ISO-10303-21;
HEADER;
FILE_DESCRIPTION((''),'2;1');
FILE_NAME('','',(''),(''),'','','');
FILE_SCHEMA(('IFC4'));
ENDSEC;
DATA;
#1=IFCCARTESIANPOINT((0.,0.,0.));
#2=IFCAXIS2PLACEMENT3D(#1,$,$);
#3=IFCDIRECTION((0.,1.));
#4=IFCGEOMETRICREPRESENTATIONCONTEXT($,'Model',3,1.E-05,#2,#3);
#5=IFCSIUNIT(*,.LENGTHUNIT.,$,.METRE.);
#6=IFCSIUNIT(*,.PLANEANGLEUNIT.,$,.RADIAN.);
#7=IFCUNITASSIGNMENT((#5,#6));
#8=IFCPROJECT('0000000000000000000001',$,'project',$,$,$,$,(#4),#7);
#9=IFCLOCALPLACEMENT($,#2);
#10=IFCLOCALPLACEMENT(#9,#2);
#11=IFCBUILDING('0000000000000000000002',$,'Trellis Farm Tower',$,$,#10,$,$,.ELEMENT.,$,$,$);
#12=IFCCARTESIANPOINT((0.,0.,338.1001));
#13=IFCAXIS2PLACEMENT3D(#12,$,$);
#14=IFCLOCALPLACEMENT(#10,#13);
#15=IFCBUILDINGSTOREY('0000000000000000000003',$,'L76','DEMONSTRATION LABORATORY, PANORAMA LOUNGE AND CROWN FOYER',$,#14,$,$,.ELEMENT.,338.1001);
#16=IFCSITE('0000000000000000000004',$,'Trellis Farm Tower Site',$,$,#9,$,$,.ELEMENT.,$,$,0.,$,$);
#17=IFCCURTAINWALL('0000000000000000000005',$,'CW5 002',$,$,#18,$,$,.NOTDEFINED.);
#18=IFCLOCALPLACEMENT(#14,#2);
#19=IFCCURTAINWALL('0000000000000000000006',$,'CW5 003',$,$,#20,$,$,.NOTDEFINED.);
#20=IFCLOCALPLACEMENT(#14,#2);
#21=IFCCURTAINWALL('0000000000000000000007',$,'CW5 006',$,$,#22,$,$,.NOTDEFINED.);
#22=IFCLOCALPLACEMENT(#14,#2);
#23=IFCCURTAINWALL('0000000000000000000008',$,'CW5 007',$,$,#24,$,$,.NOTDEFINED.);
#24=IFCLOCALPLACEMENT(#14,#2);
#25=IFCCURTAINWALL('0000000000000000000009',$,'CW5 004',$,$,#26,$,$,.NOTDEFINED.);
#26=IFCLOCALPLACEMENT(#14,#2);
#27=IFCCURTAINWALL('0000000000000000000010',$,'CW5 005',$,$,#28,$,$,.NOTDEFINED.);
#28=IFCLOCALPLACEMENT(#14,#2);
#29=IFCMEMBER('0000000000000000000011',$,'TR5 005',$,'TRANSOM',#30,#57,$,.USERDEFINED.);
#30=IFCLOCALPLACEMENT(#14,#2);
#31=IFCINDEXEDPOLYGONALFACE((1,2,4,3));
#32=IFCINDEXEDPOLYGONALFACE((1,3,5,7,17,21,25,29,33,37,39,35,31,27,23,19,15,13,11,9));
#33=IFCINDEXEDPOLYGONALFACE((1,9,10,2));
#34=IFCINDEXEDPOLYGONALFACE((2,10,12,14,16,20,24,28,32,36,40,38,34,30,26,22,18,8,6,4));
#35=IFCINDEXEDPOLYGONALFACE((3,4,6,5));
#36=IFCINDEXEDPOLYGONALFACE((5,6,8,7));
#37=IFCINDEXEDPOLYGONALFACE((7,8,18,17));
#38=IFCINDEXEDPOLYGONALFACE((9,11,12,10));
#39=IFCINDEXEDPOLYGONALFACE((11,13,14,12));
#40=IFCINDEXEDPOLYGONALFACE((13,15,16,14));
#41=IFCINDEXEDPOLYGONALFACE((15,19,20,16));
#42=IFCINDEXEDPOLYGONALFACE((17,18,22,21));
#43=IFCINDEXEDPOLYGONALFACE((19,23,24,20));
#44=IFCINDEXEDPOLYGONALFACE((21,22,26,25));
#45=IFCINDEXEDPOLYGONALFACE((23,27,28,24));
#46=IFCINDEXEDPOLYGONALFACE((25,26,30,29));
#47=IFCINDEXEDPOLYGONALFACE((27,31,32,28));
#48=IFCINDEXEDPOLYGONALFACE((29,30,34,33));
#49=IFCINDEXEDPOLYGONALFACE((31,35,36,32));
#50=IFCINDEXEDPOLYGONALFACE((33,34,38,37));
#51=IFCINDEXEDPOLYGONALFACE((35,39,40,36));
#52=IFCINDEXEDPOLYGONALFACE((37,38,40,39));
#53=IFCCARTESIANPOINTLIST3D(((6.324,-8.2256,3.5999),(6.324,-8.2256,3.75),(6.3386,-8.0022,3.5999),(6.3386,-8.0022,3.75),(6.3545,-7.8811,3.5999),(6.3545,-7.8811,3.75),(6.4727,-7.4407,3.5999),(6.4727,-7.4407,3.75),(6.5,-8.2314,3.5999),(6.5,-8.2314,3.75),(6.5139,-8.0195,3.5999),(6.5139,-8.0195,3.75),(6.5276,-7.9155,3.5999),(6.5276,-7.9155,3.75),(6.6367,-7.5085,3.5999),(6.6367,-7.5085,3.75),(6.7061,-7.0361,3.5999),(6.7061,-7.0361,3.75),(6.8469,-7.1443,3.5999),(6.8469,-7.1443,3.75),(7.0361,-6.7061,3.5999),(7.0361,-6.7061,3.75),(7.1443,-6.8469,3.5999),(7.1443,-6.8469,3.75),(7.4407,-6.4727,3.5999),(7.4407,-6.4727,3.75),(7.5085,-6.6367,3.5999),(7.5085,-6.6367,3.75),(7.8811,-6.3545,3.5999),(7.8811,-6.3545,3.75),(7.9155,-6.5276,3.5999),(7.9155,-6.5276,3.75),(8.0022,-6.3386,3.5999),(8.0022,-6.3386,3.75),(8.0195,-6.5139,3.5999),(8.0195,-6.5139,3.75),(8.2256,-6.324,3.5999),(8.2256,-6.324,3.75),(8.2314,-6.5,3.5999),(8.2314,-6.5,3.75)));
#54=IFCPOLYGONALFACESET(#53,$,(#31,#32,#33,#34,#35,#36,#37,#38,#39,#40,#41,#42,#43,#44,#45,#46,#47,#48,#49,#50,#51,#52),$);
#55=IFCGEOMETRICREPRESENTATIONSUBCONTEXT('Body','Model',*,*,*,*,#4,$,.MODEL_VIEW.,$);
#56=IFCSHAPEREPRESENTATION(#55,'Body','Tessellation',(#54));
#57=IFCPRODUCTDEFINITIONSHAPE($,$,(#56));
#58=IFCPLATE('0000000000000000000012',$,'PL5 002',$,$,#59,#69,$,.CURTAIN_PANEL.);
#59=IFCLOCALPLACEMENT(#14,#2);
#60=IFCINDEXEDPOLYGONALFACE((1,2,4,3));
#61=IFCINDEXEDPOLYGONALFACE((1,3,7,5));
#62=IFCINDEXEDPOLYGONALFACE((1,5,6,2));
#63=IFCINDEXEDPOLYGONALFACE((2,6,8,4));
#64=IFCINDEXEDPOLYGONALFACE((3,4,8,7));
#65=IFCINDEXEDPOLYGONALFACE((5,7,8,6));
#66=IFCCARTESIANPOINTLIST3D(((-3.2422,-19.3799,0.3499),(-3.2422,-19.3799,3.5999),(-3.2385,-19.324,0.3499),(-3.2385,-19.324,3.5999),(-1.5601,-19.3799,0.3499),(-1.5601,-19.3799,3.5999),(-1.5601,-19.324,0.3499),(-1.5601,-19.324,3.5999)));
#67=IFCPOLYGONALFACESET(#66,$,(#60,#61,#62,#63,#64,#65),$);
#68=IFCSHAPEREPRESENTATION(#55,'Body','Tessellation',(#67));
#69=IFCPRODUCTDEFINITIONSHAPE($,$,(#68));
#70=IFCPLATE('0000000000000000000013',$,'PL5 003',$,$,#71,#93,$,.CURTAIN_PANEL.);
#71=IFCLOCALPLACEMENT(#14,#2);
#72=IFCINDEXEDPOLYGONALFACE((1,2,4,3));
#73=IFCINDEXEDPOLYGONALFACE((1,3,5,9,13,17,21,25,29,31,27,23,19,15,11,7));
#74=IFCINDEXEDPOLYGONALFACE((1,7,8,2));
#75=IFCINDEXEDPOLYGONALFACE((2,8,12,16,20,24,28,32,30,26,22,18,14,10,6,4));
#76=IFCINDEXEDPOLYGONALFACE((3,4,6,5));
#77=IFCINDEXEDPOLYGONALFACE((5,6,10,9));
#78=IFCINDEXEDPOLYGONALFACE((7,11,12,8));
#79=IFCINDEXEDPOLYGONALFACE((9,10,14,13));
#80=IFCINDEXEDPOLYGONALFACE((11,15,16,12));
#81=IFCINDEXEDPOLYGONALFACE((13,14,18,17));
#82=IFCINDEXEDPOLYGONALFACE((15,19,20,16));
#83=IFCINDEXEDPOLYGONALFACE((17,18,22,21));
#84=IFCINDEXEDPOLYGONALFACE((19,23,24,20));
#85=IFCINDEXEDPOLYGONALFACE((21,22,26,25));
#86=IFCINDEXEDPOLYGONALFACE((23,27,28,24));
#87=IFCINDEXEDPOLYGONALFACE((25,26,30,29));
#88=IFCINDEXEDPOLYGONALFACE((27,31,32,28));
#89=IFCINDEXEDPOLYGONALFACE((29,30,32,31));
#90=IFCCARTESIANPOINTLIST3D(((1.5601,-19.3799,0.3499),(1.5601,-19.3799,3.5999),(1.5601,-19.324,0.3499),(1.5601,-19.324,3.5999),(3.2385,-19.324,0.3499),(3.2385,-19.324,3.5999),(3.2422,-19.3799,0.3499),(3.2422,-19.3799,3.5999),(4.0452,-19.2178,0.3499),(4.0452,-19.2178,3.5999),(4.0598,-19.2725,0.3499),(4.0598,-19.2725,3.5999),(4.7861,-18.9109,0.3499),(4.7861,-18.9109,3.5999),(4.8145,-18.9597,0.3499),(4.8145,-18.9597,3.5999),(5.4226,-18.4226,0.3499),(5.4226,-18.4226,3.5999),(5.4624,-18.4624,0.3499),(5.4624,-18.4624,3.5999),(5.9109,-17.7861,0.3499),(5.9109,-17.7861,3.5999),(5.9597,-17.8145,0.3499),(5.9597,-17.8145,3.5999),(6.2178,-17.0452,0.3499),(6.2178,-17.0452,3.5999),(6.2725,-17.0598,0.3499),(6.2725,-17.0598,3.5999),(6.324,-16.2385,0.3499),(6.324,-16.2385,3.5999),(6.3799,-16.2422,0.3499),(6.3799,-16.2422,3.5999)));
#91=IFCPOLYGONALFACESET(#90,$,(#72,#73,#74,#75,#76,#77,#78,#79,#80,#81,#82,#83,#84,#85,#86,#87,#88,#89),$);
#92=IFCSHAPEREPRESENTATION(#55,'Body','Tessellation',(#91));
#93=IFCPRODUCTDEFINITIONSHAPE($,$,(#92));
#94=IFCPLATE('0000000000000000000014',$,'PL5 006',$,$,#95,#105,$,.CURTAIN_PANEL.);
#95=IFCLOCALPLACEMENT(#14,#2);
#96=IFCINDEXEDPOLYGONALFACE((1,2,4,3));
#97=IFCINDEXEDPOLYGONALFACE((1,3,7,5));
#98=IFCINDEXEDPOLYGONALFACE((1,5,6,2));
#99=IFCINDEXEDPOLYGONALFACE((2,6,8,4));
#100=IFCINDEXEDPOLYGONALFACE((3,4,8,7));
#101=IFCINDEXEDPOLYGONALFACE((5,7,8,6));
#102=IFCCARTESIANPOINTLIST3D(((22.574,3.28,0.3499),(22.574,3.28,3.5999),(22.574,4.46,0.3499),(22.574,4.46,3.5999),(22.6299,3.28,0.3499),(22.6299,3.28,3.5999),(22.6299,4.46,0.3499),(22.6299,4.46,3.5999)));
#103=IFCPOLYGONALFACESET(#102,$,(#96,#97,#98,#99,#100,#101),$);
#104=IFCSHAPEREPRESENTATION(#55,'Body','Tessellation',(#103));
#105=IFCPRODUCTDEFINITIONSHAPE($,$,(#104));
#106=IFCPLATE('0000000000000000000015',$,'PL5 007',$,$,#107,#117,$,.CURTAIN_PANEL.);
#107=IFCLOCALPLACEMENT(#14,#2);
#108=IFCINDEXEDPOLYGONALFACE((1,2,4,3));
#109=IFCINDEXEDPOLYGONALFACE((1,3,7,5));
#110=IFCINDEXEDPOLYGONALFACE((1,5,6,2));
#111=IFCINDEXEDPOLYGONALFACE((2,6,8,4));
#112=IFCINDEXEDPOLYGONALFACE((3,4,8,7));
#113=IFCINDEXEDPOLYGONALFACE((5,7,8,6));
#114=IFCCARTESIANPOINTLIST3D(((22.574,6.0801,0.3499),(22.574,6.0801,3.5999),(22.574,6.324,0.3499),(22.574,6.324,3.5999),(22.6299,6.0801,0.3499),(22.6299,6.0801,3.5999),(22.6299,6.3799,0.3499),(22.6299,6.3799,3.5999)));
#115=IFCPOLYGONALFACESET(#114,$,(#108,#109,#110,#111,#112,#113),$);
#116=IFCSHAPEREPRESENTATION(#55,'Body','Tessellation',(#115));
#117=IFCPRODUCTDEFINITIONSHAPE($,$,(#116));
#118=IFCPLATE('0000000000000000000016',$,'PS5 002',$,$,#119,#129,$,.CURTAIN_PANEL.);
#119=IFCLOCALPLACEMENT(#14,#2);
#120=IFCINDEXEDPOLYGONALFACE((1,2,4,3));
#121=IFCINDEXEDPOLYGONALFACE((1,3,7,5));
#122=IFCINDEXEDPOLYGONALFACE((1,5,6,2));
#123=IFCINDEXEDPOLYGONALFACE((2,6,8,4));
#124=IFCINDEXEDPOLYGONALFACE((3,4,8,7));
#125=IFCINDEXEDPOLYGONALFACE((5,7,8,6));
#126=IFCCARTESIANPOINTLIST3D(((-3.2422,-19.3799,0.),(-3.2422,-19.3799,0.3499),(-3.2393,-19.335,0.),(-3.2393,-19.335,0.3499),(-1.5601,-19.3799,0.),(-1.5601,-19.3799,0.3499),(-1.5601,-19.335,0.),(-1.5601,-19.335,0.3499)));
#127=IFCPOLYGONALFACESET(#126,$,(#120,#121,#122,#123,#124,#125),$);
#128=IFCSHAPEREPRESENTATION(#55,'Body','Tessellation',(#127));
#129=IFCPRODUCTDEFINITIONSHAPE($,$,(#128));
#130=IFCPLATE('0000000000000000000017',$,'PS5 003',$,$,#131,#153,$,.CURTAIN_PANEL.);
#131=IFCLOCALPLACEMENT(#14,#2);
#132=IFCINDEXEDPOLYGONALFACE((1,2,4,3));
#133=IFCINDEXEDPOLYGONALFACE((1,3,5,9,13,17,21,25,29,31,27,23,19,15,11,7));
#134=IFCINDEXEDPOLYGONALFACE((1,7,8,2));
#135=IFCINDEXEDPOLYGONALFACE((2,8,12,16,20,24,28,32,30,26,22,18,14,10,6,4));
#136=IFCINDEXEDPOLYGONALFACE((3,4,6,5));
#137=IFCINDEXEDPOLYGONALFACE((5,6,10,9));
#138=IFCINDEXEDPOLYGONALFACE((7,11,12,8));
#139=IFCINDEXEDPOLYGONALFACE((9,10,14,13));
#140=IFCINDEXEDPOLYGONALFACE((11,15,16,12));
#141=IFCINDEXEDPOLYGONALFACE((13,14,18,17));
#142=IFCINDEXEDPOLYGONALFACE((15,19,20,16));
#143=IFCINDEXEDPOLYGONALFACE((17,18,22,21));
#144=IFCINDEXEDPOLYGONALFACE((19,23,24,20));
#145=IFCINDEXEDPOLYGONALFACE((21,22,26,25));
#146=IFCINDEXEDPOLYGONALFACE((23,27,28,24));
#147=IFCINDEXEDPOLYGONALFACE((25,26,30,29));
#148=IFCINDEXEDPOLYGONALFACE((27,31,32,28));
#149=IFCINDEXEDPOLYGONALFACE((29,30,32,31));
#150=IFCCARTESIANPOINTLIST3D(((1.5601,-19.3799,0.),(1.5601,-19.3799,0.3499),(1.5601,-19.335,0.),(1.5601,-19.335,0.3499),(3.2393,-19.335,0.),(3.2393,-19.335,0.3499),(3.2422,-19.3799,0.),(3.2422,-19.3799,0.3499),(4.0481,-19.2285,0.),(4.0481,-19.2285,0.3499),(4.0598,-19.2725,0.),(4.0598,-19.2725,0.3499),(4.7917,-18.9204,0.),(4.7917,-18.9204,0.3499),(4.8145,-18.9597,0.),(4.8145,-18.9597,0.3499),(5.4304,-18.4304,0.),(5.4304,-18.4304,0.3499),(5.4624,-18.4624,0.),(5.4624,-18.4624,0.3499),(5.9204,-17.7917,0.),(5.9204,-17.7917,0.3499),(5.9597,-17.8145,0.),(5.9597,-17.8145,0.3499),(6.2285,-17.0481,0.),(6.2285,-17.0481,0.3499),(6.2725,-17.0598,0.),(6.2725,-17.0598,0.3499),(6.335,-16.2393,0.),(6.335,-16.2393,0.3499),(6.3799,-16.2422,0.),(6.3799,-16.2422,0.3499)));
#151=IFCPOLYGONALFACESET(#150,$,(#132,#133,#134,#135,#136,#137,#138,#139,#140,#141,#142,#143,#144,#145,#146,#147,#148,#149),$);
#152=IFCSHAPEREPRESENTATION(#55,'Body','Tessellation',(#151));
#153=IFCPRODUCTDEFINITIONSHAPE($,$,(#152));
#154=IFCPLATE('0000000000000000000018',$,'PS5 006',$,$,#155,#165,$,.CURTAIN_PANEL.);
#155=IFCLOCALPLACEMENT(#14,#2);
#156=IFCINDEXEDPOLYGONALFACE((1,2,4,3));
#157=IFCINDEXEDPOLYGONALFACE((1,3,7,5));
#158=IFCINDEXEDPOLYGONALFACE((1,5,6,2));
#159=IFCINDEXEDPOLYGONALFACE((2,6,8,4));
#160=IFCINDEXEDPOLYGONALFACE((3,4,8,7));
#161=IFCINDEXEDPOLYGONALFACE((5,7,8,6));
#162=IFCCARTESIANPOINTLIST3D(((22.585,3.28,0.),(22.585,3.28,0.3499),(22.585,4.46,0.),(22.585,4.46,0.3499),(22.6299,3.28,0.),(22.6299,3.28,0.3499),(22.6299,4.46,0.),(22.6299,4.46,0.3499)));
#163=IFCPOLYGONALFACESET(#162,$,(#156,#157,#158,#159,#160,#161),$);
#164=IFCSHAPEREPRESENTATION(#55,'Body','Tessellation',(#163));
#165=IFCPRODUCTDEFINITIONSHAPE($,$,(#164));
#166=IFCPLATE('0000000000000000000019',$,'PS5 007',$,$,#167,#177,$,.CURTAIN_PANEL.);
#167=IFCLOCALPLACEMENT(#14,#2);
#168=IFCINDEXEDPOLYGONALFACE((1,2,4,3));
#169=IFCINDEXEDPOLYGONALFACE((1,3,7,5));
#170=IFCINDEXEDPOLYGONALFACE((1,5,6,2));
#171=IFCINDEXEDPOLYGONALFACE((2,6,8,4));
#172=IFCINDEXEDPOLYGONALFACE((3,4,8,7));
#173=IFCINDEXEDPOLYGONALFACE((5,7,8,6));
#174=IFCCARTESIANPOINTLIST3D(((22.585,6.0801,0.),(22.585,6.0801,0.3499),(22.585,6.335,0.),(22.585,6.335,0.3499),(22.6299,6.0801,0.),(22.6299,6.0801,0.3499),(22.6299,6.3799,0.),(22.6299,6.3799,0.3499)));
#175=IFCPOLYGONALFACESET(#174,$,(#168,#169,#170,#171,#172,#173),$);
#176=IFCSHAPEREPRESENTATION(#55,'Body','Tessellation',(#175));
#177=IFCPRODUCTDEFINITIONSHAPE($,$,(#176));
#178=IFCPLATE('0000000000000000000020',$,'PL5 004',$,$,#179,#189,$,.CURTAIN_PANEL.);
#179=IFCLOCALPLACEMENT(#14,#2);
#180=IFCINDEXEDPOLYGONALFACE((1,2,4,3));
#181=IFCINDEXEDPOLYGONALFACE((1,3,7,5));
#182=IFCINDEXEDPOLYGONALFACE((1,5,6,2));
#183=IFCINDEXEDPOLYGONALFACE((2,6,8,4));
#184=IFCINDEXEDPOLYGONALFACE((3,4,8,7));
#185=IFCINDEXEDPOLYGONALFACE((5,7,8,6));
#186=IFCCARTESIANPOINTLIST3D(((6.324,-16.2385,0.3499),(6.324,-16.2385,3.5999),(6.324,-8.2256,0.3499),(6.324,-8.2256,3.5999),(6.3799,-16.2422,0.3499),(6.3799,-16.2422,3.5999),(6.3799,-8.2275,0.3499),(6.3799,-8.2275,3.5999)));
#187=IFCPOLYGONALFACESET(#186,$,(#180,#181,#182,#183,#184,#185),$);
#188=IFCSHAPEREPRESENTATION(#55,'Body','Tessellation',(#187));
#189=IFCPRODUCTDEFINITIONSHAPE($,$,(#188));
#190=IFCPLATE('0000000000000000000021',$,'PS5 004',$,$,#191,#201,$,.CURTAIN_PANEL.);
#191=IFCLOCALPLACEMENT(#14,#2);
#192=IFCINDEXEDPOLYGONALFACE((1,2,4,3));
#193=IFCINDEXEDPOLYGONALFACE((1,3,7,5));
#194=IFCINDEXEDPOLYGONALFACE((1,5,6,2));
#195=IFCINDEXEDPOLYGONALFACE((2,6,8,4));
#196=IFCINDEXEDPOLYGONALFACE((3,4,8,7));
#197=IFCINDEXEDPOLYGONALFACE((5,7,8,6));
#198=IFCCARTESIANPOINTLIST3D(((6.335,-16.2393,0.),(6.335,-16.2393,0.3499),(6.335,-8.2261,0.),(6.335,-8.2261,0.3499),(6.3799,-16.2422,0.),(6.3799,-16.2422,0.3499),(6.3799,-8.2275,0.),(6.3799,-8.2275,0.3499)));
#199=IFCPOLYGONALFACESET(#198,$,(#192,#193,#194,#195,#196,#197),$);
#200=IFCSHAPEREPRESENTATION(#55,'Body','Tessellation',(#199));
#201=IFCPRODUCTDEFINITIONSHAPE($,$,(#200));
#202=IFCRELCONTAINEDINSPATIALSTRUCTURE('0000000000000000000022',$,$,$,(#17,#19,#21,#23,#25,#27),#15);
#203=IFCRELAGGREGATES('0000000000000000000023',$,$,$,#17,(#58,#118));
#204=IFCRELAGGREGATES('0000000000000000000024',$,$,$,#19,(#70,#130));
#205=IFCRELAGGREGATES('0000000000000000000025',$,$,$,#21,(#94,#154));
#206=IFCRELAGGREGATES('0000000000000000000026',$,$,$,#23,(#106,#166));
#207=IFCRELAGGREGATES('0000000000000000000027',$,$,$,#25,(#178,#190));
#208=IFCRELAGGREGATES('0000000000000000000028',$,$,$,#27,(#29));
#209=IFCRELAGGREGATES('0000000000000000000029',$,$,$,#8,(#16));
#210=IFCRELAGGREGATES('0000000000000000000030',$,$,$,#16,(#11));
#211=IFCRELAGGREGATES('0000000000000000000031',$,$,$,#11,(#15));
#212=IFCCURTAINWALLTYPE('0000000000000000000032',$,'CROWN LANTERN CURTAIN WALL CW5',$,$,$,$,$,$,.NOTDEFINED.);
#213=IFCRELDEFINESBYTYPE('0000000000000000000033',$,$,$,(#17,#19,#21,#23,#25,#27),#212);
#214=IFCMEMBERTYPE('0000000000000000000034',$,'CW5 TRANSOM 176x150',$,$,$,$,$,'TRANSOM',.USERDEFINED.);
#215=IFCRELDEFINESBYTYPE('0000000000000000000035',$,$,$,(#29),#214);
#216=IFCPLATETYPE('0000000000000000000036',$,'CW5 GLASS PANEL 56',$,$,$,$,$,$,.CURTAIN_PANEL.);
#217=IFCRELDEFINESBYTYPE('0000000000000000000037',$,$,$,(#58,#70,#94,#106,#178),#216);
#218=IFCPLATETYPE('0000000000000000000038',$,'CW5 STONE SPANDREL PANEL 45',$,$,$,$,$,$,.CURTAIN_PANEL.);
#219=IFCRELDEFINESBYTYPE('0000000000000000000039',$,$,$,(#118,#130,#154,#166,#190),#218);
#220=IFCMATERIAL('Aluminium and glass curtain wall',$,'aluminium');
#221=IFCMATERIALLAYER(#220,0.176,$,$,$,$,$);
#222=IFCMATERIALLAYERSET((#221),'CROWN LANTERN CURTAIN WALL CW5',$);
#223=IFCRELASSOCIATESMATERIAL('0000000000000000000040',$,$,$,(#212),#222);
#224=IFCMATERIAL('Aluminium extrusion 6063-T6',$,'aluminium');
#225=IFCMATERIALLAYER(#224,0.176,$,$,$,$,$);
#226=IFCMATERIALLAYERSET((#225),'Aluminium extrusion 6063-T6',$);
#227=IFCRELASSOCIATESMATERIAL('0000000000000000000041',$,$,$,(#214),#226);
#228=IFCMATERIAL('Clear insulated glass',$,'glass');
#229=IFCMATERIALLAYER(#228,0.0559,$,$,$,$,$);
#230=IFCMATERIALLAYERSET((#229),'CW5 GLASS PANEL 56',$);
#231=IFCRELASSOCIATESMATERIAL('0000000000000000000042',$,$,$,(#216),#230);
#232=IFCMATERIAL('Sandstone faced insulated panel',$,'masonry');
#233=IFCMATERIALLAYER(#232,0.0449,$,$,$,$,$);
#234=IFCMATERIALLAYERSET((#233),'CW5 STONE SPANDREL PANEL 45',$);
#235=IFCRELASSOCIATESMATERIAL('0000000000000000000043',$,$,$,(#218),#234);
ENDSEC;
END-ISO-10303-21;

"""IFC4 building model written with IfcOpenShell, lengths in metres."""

from ifc_helpers import new_model, si_unit, direction, frame, origin, place, context, subcontext, project, spatial, polyline, outline, extrude, source, transform, mapped, material, layer, layer_set, type_object, element, aggregate, save


model = new_model("IFC4")

# Units and contexts
model_context = context("Model", 3, precision=1e-05, world=origin(), true_north=direction((0.0, 1.0)))
body_context = subcontext(model_context, "Body", "Model", "MODEL_VIEW")
ifc_project = project(units=[si_unit("LENGTHUNIT", "METRE"), si_unit("PLANEANGLEUNIT", "RADIAN")], contexts=[model_context])

# Site, building, storey
site_placement = place(None, origin())
site = spatial("IfcSite", under=ifc_project, at=site_placement, Name="Trellis Farm Tower Site", CompositionType="ELEMENT", RefElevation=0.0)
building_placement = place(site_placement, origin())
building = spatial("IfcBuilding", under=site, at=building_placement, Name="Trellis Farm Tower", CompositionType="ELEMENT")
storey_placement = place(building_placement, frame((0.0, 0.0, 338.1001)))
storey = spatial("IfcBuildingStorey", under=building, at=storey_placement, Name="L76", Description="DEMONSTRATION LABORATORY, PANORAMA LOUNGE AND CROWN FOYER", CompositionType="ELEMENT", Elevation=338.1001)

# Curtain walls
ifc_material_1 = material(Name="Aluminium and glass curtain wall", Category="aluminium")
ifc_layer_1 = layer(ifc_material_1, 0.176)
ifc_layer_set_1 = layer_set([ifc_layer_1], Name="CROWN LANTERN CURTAIN WALL CW5")
curtain_wall_type = type_object("IfcCurtainWallType", Name="CROWN LANTERN CURTAIN WALL CW5", PredefinedType="NOTDEFINED", material=ifc_layer_set_1)
placement_1 = place(storey_placement, origin())
curtain_wall_1 = element("IfcCurtainWall", 1, at=placement_1, inside=storey, type_object=curtain_wall_type, Name="CW5 002", PredefinedType="NOTDEFINED")
ifc_material_2 = material(Name="Aluminium extrusion 6063-T6", Category="aluminium")
ifc_layer_2 = layer(ifc_material_2, 0.176)
ifc_layer_set_2 = layer_set([ifc_layer_2], Name="Aluminium extrusion 6063-T6")
member_type_1 = type_object("IfcMemberType", Name="CW5 TRANSOM 176x150", ElementType="TRANSOM", PredefinedType="USERDEFINED", material=ifc_layer_set_2)
placement_2 = place(storey_placement, frame((0.0, 0.0, 3.5999)))
curtain_wall_2 = element("IfcCurtainWall", 2, at=placement_1, inside=storey, type_object=curtain_wall_type, Name="CW5 003", PredefinedType="NOTDEFINED")
curtain_wall_3 = element("IfcCurtainWall", 3, at=placement_1, inside=storey, type_object=curtain_wall_type, Name="CW5 006", PredefinedType="NOTDEFINED")
curtain_wall_4 = element("IfcCurtainWall", 4, at=placement_1, inside=storey, type_object=curtain_wall_type, Name="CW5 007", PredefinedType="NOTDEFINED")

# Curtain walls, member
curtain_wall_5 = element("IfcCurtainWall", 5, at=placement_1, inside=storey, type_object=curtain_wall_type, Name="CW5 004", PredefinedType="NOTDEFINED")
curtain_wall_6 = element("IfcCurtainWall", 6, at=placement_1, inside=storey, type_object=curtain_wall_type, Name="CW5 005", PredefinedType="NOTDEFINED")
shared_shape_1 = source(origin(), body_context, "Body", "SweptSolid", [
    extrude(outline(polyline([(6.5, -8.2314), (6.5139, -8.0195), (6.5276, -7.9155), (6.6367, -7.5085), (6.8469, -7.1443), (7.1443, -6.8469), (7.5085, -6.6367), (7.9155, -6.5276), (8.0195, -6.5139), (8.2314, -6.5), (8.2256, -6.324), (8.0022, -6.3386), (7.8811, -6.3545), (7.4407, -6.4727), (7.0361, -6.7061), (6.7061, -7.0361), (6.4727, -7.4407), (6.3545, -7.8811), (6.3386, -8.0022), (6.324, -8.2256), (6.5, -8.2314)])), origin(), (0.0, 0.0, 1.0), 0.1501),
])
member_1 = element("IfcMember", 7, at=placement_2, type_object=member_type_1, Name="TR5 005", ObjectType="TRANSOM", PredefinedType="USERDEFINED", context=body_context, shape_type="MappedRepresentation", body=[
    mapped(shared_shape_1, transform((0.0, 0.0, 0.0))),
])

# Plates
ifc_material_3 = material(Name="Clear insulated glass", Category="glass")
ifc_layer_3 = layer(ifc_material_3, 0.0559)
ifc_layer_set_3 = layer_set([ifc_layer_3], Name="CW5 GLASS PANEL 56")
plate_type_1 = type_object("IfcPlateType", Name="CW5 GLASS PANEL 56", PredefinedType="CURTAIN_PANEL", material=ifc_layer_set_3)
placement_3 = place(storey_placement, frame((0.0, 0.0, 0.3499)))
plate_1 = element("IfcPlate", 8, at=placement_3, type_object=plate_type_1, Name="PL5 002", PredefinedType="CURTAIN_PANEL", context=body_context, shape_type="SweptSolid", body=[
    extrude(outline(polyline([(-3.2422, -19.3799), (-1.5601, -19.3799), (-1.5601, -19.324), (-3.2385, -19.324), (-3.2422, -19.3799)])), origin(), (0.0, 0.0, 1.0), 3.25),
])
plate_2 = element("IfcPlate", 9, at=placement_3, type_object=plate_type_1, Name="PL5 003", PredefinedType="CURTAIN_PANEL", context=body_context, shape_type="SweptSolid", body=[
    extrude(outline(polyline([(1.5601, -19.3799), (3.2422, -19.3799), (4.0598, -19.2725), (4.8145, -18.9597), (5.4624, -18.4624), (5.9597, -17.8145), (6.2725, -17.0598), (6.3799, -16.2422), (6.324, -16.2385), (6.2178, -17.0452), (5.9109, -17.7861), (5.4226, -18.4226), (4.7861, -18.9109), (4.0452, -19.2178), (3.2385, -19.324), (1.5601, -19.324), (1.5601, -19.3799)])), origin(), (0.0, 0.0, 1.0), 3.25),
])
plate_3 = element("IfcPlate", 10, at=placement_3, type_object=plate_type_1, Name="PL5 006", PredefinedType="CURTAIN_PANEL", context=body_context, shape_type="SweptSolid", body=[
    extrude(outline(polyline([(22.6299, 3.28), (22.6299, 4.46), (22.574, 4.46), (22.574, 3.28), (22.6299, 3.28)])), origin(), (0.0, 0.0, 1.0), 3.25),
])
plate_4 = element("IfcPlate", 11, at=placement_3, type_object=plate_type_1, Name="PL5 007", PredefinedType="CURTAIN_PANEL", context=body_context, shape_type="SweptSolid", body=[
    extrude(outline(polyline([(22.6299, 6.0801), (22.6299, 6.3799), (22.574, 6.324), (22.574, 6.0801), (22.6299, 6.0801)])), origin(), (0.0, 0.0, 1.0), 3.25),
])
ifc_material_4 = material(Name="Sandstone faced insulated panel", Category="masonry")
ifc_layer_4 = layer(ifc_material_4, 0.0449)
ifc_layer_set_4 = layer_set([ifc_layer_4], Name="CW5 STONE SPANDREL PANEL 45")
plate_type_2 = type_object("IfcPlateType", Name="CW5 STONE SPANDREL PANEL 45", PredefinedType="CURTAIN_PANEL", material=ifc_layer_set_4)
plate_5 = element("IfcPlate", 12, at=placement_1, type_object=plate_type_2, Name="PS5 002", PredefinedType="CURTAIN_PANEL", context=body_context, shape_type="SweptSolid", body=[
    extrude(outline(polyline([(-3.2422, -19.3799), (-1.5601, -19.3799), (-1.5601, -19.335), (-3.2393, -19.335), (-3.2422, -19.3799)])), origin(), (0.0, 0.0, 1.0), 0.3499),
])
aggregate(curtain_wall_1, [plate_1, plate_5])
plate_6 = element("IfcPlate", 13, at=placement_1, type_object=plate_type_2, Name="PS5 003", PredefinedType="CURTAIN_PANEL", context=body_context, shape_type="SweptSolid", body=[
    extrude(outline(polyline([(1.5601, -19.3799), (3.2422, -19.3799), (4.0598, -19.2725), (4.8145, -18.9597), (5.4624, -18.4624), (5.9597, -17.8145), (6.2725, -17.0598), (6.3799, -16.2422), (6.335, -16.2393), (6.2285, -17.0481), (5.9204, -17.7917), (5.4304, -18.4304), (4.7917, -18.9204), (4.0481, -19.2285), (3.2393, -19.335), (1.5601, -19.335), (1.5601, -19.3799)])), origin(), (0.0, 0.0, 1.0), 0.3499),
])
aggregate(curtain_wall_2, [plate_2, plate_6])
plate_7 = element("IfcPlate", 14, at=placement_1, type_object=plate_type_2, Name="PS5 006", PredefinedType="CURTAIN_PANEL", context=body_context, shape_type="SweptSolid", body=[
    extrude(outline(polyline([(22.6299, 3.28), (22.6299, 4.46), (22.585, 4.46), (22.585, 3.28), (22.6299, 3.28)])), origin(), (0.0, 0.0, 1.0), 0.3499),
])
aggregate(curtain_wall_3, [plate_3, plate_7])
plate_8 = element("IfcPlate", 15, at=placement_1, type_object=plate_type_2, Name="PS5 007", PredefinedType="CURTAIN_PANEL", context=body_context, shape_type="SweptSolid", body=[
    extrude(outline(polyline([(22.6299, 6.0801), (22.6299, 6.3799), (22.585, 6.335), (22.585, 6.0801), (22.6299, 6.0801)])), origin(), (0.0, 0.0, 1.0), 0.3499),
])
aggregate(curtain_wall_4, [plate_4, plate_8])
shared_shape_2 = source(origin(), body_context, "Body", "SweptSolid", [
    extrude(outline(polyline([(6.3799, -16.2422), (6.3799, -8.2275), (6.324, -8.2256), (6.324, -16.2385), (6.3799, -16.2422)])), origin(), (0.0, 0.0, 1.0), 3.25),
])
plate_9 = element("IfcPlate", 16, at=placement_3, type_object=plate_type_1, Name="PL5 004", PredefinedType="CURTAIN_PANEL", context=body_context, shape_type="MappedRepresentation", body=[
    mapped(shared_shape_2, transform((0.0, 0.0, 0.0))),
])
shared_shape_3 = source(origin(), body_context, "Body", "SweptSolid", [
    extrude(outline(polyline([(6.3799, -16.2422), (6.3799, -8.2275), (6.335, -8.2261), (6.335, -16.2393), (6.3799, -16.2422)])), origin(), (0.0, 0.0, 1.0), 0.3499),
])
plate_10 = element("IfcPlate", 17, at=placement_1, type_object=plate_type_2, Name="PS5 004", PredefinedType="CURTAIN_PANEL", context=body_context, shape_type="MappedRepresentation", body=[
    mapped(shared_shape_3, transform((0.0, 0.0, 0.0))),
])
aggregate(curtain_wall_5, [plate_9, plate_10])
aggregate(curtain_wall_6, [member_1])

save(model, "model.ifc")
